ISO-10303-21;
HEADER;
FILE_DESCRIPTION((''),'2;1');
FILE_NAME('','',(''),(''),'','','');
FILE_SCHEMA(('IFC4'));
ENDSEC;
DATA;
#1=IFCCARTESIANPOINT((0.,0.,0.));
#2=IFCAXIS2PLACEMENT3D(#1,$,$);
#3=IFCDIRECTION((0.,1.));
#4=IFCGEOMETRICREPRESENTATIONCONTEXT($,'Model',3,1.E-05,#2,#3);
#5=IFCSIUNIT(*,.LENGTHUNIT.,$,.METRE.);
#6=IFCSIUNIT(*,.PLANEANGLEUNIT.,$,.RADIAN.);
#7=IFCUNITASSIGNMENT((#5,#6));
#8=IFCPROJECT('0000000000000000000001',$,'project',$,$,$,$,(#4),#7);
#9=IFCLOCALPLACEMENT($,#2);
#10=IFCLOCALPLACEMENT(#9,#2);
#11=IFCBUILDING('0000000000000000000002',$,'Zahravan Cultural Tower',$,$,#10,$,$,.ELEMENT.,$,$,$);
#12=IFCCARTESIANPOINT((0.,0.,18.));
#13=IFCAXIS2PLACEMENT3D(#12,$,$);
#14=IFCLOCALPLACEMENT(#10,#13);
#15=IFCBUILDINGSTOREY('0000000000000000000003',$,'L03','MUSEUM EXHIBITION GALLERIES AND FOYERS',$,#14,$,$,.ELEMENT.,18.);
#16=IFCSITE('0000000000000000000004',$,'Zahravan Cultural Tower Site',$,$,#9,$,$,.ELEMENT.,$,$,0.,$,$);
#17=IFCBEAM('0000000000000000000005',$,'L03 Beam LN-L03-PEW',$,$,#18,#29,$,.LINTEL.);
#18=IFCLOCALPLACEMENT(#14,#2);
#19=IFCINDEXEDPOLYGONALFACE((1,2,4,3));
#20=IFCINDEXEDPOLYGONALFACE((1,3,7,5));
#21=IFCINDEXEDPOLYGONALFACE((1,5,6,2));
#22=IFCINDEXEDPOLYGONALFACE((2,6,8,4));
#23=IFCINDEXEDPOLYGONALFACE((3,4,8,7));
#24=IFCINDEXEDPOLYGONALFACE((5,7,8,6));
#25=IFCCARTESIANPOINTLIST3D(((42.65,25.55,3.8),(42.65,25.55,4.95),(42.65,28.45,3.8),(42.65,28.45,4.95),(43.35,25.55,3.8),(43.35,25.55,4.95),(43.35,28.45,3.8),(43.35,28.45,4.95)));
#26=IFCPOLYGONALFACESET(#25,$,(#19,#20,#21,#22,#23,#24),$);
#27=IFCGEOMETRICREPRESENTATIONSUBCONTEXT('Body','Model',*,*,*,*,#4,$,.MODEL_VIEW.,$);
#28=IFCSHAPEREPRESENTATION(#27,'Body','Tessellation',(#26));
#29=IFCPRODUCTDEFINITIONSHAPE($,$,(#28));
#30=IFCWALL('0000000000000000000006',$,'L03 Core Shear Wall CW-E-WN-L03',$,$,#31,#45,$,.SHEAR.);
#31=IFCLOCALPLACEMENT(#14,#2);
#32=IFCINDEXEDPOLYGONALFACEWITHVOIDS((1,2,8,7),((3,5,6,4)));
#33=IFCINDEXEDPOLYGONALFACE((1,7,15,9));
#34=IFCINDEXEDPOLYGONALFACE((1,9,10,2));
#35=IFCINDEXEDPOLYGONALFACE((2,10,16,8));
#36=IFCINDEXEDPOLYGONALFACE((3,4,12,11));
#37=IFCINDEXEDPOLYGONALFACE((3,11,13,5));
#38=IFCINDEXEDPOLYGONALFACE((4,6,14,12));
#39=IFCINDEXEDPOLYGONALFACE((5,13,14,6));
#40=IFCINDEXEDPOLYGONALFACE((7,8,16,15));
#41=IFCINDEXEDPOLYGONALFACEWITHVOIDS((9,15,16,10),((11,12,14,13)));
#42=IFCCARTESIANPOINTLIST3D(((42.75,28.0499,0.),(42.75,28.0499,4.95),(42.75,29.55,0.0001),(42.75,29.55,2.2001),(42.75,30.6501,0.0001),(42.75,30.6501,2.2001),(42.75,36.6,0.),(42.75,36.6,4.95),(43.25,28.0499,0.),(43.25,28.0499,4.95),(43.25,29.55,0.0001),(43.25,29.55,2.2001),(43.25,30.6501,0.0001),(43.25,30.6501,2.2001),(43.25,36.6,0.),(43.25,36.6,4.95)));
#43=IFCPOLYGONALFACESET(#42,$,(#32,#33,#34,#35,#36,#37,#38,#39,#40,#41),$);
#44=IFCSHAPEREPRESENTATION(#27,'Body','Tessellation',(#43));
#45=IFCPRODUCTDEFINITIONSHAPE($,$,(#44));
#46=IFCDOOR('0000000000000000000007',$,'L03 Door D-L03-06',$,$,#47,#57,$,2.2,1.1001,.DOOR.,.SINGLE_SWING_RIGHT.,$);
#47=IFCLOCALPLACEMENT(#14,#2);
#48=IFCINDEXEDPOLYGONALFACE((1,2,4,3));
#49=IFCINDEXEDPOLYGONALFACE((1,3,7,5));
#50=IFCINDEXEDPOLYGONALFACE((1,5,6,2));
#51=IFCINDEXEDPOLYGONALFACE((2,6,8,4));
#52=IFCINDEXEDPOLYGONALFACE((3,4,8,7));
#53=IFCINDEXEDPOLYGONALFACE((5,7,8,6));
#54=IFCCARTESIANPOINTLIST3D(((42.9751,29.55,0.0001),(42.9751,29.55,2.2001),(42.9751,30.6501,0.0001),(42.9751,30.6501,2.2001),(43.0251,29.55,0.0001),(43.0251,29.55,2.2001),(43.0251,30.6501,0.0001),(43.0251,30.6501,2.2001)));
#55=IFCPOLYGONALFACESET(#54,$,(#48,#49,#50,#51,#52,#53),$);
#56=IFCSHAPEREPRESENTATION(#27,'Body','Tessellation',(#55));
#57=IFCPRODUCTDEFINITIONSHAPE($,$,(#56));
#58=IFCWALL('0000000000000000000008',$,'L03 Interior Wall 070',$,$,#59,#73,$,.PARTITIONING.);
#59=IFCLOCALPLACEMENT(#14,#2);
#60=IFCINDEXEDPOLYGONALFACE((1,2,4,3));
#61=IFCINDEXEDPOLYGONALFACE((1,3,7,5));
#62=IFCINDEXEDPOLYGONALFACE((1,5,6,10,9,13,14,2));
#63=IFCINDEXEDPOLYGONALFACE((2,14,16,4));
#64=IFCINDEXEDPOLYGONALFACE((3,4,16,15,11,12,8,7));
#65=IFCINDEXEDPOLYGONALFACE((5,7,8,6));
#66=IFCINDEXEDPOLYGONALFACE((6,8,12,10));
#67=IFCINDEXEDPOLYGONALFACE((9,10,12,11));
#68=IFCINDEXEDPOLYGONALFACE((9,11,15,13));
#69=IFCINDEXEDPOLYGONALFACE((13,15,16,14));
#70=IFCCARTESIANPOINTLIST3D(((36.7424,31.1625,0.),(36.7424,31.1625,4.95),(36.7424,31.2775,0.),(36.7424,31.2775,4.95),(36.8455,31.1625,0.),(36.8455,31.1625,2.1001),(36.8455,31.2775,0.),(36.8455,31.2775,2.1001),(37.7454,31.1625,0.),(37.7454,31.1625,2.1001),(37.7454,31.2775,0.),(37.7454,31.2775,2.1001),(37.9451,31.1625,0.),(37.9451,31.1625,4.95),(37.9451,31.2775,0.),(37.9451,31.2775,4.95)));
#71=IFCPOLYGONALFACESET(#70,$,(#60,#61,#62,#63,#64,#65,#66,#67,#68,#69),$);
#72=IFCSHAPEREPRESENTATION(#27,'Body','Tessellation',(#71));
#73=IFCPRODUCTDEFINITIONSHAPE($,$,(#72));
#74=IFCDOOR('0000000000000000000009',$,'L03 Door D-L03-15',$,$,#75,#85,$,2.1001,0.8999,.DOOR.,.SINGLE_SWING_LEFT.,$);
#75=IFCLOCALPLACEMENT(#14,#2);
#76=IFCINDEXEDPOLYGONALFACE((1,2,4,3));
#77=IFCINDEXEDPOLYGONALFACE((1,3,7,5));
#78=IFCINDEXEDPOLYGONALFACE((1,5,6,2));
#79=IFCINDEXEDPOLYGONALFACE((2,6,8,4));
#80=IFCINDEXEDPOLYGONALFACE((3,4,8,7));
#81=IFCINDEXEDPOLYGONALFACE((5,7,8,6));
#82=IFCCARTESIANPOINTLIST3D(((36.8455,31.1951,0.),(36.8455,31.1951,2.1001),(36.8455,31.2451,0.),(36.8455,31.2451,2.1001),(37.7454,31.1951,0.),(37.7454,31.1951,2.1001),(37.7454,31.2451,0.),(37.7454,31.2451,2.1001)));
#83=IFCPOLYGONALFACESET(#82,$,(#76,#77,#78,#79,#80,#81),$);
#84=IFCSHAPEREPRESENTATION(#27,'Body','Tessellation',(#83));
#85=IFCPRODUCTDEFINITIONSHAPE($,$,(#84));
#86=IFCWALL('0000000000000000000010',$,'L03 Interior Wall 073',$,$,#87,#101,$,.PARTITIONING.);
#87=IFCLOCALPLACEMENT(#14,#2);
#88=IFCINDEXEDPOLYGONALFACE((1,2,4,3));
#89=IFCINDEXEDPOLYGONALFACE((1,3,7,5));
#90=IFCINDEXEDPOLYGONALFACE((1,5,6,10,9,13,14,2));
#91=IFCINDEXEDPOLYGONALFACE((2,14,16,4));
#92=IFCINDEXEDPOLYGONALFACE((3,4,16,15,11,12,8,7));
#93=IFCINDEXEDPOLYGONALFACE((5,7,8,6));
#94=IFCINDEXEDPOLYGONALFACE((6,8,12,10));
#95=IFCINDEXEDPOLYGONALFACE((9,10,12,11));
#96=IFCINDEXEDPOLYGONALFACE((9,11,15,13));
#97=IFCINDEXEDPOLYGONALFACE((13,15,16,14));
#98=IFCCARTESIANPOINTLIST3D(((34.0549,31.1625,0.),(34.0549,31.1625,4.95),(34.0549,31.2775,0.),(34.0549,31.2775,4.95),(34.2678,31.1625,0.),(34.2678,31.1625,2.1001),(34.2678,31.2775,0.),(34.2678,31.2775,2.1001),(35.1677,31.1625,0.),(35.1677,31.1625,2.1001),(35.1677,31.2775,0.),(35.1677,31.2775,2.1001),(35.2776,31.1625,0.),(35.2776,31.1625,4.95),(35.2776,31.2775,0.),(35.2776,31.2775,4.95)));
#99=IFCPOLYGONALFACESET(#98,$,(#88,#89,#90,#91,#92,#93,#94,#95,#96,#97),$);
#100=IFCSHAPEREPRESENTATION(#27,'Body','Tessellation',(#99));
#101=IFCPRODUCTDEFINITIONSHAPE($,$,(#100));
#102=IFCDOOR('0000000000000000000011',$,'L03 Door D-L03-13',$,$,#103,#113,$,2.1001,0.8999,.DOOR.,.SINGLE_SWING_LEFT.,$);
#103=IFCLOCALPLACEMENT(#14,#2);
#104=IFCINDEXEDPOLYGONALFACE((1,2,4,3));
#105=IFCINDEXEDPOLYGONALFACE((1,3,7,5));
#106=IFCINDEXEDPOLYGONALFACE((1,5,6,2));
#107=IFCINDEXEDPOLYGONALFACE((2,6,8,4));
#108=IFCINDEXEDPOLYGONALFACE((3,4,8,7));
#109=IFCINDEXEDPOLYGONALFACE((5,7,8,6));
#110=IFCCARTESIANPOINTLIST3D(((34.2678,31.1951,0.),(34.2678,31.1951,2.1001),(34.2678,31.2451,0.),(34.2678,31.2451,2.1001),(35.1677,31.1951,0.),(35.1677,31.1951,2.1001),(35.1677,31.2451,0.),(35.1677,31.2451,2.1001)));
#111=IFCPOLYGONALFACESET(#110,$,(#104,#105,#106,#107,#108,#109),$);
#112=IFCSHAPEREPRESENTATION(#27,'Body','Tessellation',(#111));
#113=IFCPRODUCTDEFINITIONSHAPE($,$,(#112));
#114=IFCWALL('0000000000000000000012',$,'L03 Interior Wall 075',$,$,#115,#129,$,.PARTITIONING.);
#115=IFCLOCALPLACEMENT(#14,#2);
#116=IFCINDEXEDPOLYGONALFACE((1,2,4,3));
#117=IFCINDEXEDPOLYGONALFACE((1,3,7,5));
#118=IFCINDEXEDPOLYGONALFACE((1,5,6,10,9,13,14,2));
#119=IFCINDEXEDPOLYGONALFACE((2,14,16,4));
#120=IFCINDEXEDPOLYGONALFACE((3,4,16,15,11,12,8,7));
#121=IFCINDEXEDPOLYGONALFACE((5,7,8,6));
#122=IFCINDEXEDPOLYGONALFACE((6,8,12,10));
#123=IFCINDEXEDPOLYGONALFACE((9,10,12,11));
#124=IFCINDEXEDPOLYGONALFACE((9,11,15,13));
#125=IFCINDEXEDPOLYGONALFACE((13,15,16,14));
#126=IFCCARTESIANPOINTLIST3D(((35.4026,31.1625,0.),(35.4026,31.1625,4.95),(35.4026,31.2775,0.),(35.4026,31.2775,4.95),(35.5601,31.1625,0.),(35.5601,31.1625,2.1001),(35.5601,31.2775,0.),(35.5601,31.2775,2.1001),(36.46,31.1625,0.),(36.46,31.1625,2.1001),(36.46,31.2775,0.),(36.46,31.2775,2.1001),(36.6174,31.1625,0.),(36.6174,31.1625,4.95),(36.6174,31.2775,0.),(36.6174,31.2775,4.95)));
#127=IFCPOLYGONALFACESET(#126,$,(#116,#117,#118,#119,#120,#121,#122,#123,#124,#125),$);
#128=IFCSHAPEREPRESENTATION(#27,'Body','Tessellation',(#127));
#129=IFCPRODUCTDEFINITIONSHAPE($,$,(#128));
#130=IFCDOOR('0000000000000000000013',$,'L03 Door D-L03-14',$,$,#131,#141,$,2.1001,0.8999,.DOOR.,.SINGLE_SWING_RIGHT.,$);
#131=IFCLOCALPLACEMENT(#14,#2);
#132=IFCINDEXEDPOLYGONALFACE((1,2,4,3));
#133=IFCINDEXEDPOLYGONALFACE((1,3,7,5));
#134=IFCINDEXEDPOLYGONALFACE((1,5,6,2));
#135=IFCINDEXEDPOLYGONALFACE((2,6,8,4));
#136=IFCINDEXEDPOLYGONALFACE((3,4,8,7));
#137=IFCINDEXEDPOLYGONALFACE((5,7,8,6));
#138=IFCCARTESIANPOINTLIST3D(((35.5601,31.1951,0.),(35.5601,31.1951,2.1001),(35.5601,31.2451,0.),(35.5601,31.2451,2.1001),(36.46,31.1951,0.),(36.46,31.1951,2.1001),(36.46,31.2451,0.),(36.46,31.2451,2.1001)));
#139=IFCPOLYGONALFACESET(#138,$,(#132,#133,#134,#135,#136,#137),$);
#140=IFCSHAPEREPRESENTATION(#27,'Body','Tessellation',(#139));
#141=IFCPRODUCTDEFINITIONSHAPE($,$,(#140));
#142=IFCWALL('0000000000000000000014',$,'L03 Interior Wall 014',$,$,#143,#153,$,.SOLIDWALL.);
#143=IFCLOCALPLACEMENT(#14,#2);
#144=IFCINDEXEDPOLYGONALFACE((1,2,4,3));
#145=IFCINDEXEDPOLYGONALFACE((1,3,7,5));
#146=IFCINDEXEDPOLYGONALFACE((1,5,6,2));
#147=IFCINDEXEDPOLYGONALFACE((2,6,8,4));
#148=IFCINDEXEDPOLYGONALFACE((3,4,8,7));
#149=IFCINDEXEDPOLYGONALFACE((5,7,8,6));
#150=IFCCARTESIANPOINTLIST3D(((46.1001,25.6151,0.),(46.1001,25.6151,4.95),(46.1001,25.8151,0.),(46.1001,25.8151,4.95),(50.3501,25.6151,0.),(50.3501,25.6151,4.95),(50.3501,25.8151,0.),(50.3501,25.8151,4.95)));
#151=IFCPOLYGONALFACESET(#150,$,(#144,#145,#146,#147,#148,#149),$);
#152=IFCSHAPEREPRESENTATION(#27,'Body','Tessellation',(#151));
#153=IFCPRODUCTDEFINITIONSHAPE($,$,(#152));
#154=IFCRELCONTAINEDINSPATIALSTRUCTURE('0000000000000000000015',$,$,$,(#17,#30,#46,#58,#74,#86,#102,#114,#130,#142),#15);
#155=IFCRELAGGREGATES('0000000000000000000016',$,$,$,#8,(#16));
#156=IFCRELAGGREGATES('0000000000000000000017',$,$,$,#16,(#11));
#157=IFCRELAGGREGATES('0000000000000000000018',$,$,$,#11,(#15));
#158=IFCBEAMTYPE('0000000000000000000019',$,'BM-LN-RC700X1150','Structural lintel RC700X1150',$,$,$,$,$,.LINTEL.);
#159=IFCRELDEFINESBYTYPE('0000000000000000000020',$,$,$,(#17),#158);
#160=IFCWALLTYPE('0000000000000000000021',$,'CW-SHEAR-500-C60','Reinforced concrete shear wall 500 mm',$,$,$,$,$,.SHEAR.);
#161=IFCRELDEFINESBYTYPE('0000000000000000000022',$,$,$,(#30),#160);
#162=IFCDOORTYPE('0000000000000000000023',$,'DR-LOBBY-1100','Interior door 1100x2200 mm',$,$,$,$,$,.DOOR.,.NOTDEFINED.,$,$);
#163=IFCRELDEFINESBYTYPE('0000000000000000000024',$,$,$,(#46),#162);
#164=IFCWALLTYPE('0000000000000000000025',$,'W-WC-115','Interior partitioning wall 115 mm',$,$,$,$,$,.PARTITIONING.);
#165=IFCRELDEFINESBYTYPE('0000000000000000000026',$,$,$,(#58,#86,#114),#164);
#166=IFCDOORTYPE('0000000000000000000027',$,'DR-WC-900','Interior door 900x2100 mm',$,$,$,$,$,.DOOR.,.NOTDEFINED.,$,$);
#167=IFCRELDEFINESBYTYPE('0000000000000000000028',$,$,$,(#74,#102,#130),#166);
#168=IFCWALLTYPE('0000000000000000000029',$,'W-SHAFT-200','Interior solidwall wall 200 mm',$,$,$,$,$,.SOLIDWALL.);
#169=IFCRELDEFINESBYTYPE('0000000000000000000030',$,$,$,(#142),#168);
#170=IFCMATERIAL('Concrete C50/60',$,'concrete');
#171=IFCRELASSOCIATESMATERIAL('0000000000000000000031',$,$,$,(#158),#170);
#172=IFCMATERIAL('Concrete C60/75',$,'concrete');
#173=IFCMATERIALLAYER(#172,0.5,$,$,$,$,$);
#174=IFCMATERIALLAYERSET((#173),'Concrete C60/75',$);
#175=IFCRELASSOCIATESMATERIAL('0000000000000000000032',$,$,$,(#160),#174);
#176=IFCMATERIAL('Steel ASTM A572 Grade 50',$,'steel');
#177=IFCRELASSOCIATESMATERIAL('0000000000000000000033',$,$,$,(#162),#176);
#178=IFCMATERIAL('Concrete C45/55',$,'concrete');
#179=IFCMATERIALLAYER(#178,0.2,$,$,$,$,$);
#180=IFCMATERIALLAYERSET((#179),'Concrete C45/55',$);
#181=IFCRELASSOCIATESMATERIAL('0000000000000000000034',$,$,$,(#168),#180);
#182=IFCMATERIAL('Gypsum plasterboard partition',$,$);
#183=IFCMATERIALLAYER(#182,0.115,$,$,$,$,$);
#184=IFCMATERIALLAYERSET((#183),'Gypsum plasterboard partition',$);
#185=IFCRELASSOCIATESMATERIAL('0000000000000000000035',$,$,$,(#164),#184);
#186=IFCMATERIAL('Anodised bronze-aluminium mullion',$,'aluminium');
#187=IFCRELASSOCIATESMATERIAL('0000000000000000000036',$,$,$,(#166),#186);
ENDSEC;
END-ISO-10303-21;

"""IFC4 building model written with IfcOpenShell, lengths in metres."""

from ifc_helpers import new_model, si_unit, direction, frame, frame_2d, origin, origin_2d, place, context, subcontext, project, spatial, rectangle, extrude, source, transform, mapped, material, layer, layer_set, material_profile, profile_set, type_object, element, fill, save


model = new_model("IFC4")

# Units and contexts
model_context = context("Model", 3, precision=1e-05, world=origin(), true_north=direction((0.0, 1.0)))
body_context = subcontext(model_context, "Body", "Model", "MODEL_VIEW")
ifc_project = project(units=[si_unit("LENGTHUNIT", "METRE"), si_unit("PLANEANGLEUNIT", "RADIAN")], contexts=[model_context])

# Site, building, storey
site_placement = place(None, origin())
site = spatial("IfcSite", under=ifc_project, at=site_placement, Name="Zahravan Cultural Tower Site", CompositionType="ELEMENT", RefElevation=0.0)
building_placement = place(site_placement, origin())
building = spatial("IfcBuilding", under=site, at=building_placement, Name="Zahravan Cultural Tower", CompositionType="ELEMENT")
storey_placement = place(building_placement, frame((0.0, 0.0, 18.0)))
storey = spatial("IfcBuildingStorey", under=building, at=storey_placement, Name="L03", Description="MUSEUM EXHIBITION GALLERIES AND FOYERS", CompositionType="ELEMENT", Elevation=18.0)

# Beam
ifc_material_1 = material(Name="Concrete C50/60", Category="concrete")
ifc_material_profile = material_profile(ifc_material_1, rectangle(XDim=0.7, YDim=1.1499, at=origin_2d()), Name="RC700X1150")
ifc_profile_set = profile_set([ifc_material_profile], Name="Concrete C50/60")
beam_type = type_object("IfcBeamType", Name="BM-LN-RC700X1150", Description="Structural lintel RC700X1150", PredefinedType="LINTEL", material=ifc_profile_set)
shared_shape_1 = source(origin(), body_context, "Body", "SweptSolid", [
    extrude(rectangle(XDim=0.7, YDim=1.1499, at=origin_2d()), origin(), (0.0, 0.0, 1.0), 2.8999),
])
beam_placement = place(storey_placement, frame((43.0, 25.55, 4.375), z_axis=(0.0, 1.0, 0.0), x_axis=(-1.0, 0.0, 0.0)))
element("IfcBeam", 1, at=beam_placement, inside=storey, type_object=beam_type, Name="L03 Beam LN-L03-PEW", PredefinedType="LINTEL", context=body_context, shape_type="MappedRepresentation", body=[
    mapped(shared_shape_1, transform((0.0, 0.0, 0.0), x_axis=(1.0, 0.0, 0.0), y_axis=(0.0, 1.0, 0.0), z_axis=(0.0, 0.0, 1.0), scale=1.0)),
])

# Walls, openings, doors
ifc_material_2 = material(Name="Concrete C60/75", Category="concrete")
ifc_layer_1 = layer(ifc_material_2, 0.5)
ifc_layer_set_1 = layer_set([ifc_layer_1], Name="Concrete C60/75")
wall_type_1 = type_object("IfcWallType", Name="CW-SHEAR-500-C60", Description="Reinforced concrete shear wall 500 mm", PredefinedType="SHEAR", material=ifc_layer_set_1)
wall_1_placement = place(storey_placement, frame((43.0, 28.05, 0.0), z_axis=(0.0, 0.0, 1.0), x_axis=(0.0, 1.0, 0.0)))
wall_1 = element("IfcWall", 2, at=wall_1_placement, inside=storey, type_object=wall_type_1, Name="L03 Core Shear Wall CW-E-WN-L03", PredefinedType="SHEAR", context=body_context, shape_type="SweptSolid", body=[
    extrude(rectangle(XDim=8.55, YDim=0.5, at=frame_2d((4.2749, 0.0))), origin(), (0.0, 0.0, 1.0), 4.95),
])
opening_1_placement = place(wall_1_placement, frame((1.5, 0.0, 0.0)))
opening_1 = element("IfcOpeningElement", 3, at=opening_1_placement, cuts=wall_1, PredefinedType="OPENING", context=body_context, shape_type="SweptSolid", body=[
    extrude(rectangle(XDim=1.1001, YDim=2.2, at=frame_2d((0.55, 1.1001))), frame((0.0, 0.26, 0.0), z_axis=(0.0, -1.0, 0.0), x_axis=(1.0, 0.0, 0.0)), (0.0, 0.0, 1.0), 0.52),
])
ifc_material_3 = material(Name="Steel ASTM A572 Grade 50", Category="steel")
door_type_1 = type_object("IfcDoorType", Name="DR-LOBBY-1100", Description="Interior door 1100x2200 mm", OperationType="NOTDEFINED", PredefinedType="DOOR", material=ifc_material_3)
shared_shape_2 = source(origin(), body_context, "Body", "SweptSolid", [
    extrude(rectangle(XDim=1.1001, YDim=2.2, at=frame_2d((0.55, 1.1001))), frame((0.0, 0.0249, 0.0), z_axis=(0.0, -1.0, 0.0), x_axis=(1.0, 0.0, 0.0)), (0.0, 0.0, 1.0), 0.05),
])
door_1_placement = place(opening_1_placement, origin())
door_1 = element("IfcDoor", 4, at=door_1_placement, inside=storey, type_object=door_type_1, Name="L03 Door D-L03-06", OperationType="SINGLE_SWING_RIGHT", OverallHeight=2.2, OverallWidth=1.1001, PredefinedType="DOOR", context=body_context, shape_type="MappedRepresentation", body=[
    mapped(shared_shape_2, transform((0.0, 0.0, 0.0), x_axis=(1.0, 0.0, 0.0), y_axis=(0.0, 1.0, 0.0), z_axis=(0.0, 0.0, 1.0), scale=1.0)),
])
fill(opening_1, door_1)
ifc_material_4 = material(Name="Concrete C45/55", Category="concrete")
ifc_layer_2 = layer(ifc_material_4, 0.2)
ifc_layer_set_2 = layer_set([ifc_layer_2], Name="Concrete C45/55")
wall_type_2 = type_object("IfcWallType", Name="W-SHAFT-200", Description="Interior solidwall wall 200 mm", PredefinedType="SOLIDWALL", material=ifc_layer_set_2)
ifc_material_5 = material(Name="Gypsum plasterboard partition")
ifc_layer_3 = layer(ifc_material_5, 0.115)
ifc_layer_set_3 = layer_set([ifc_layer_3], Name="Gypsum plasterboard partition")
wall_type_3 = type_object("IfcWallType", Name="W-WC-115", Description="Interior partitioning wall 115 mm", PredefinedType="PARTITIONING", material=ifc_layer_set_3)
wall_2_placement = place(storey_placement, frame((37.9451, 31.22, 0.0), z_axis=(0.0, 0.0, 1.0), x_axis=(-1.0, 0.0, 0.0)))
wall_2 = element("IfcWall", 5, at=wall_2_placement, inside=storey, type_object=wall_type_3, Name="L03 Interior Wall 070", PredefinedType="PARTITIONING", context=body_context, shape_type="SweptSolid", body=[
    extrude(rectangle(XDim=1.2026, YDim=0.115, at=frame_2d((0.6013, 0.0))), origin(), (0.0, 0.0, 1.0), 4.95),
])
opening_2_placement = place(wall_2_placement, frame((0.1997, 0.0, 0.0)))
opening_2 = element("IfcOpeningElement", 6, at=opening_2_placement, cuts=wall_2, PredefinedType="OPENING", context=body_context, shape_type="SweptSolid", body=[
    extrude(rectangle(XDim=0.8999, YDim=2.1001, at=frame_2d((0.45, 1.05))), frame((0.0, 0.0674, 0.0), z_axis=(0.0, -1.0, 0.0), x_axis=(1.0, 0.0, 0.0)), (0.0, 0.0, 1.0), 0.135),
])
ifc_material_6 = material(Name="Anodised bronze-aluminium mullion", Category="aluminium")
door_type_2 = type_object("IfcDoorType", Name="DR-WC-900", Description="Interior door 900x2100 mm", OperationType="NOTDEFINED", PredefinedType="DOOR", material=ifc_material_6)
shared_shape_3 = source(origin(), body_context, "Body", "SweptSolid", [
    extrude(rectangle(XDim=0.8999, YDim=2.1001, at=frame_2d((0.45, 1.05))), frame((0.0, 0.0249, 0.0), z_axis=(0.0, -1.0, 0.0), x_axis=(1.0, 0.0, 0.0)), (0.0, 0.0, 1.0), 0.05),
])
door_2_placement = place(opening_2_placement, origin())
door_2 = element("IfcDoor", 7, at=door_2_placement, inside=storey, type_object=door_type_2, Name="L03 Door D-L03-15", OperationType="SINGLE_SWING_LEFT", OverallHeight=2.1001, OverallWidth=0.8999, PredefinedType="DOOR", context=body_context, shape_type="MappedRepresentation", body=[
    mapped(shared_shape_3, transform((0.0, 0.0, 0.0), x_axis=(1.0, 0.0, 0.0), y_axis=(0.0, 1.0, 0.0), z_axis=(0.0, 0.0, 1.0), scale=1.0)),
])
fill(opening_2, door_2)
wall_3_placement = place(storey_placement, frame((35.2776, 31.22, 0.0), z_axis=(0.0, 0.0, 1.0), x_axis=(-1.0, 0.0, 0.0)))
wall_3 = element("IfcWall", 8, at=wall_3_placement, inside=storey, type_object=wall_type_3, Name="L03 Interior Wall 073", PredefinedType="PARTITIONING", context=body_context, shape_type="SweptSolid", body=[
    extrude(rectangle(XDim=1.2227, YDim=0.115, at=frame_2d((0.6113, 0.0))), origin(), (0.0, 0.0, 1.0), 4.95),
])
opening_3_placement = place(wall_3_placement, frame((0.1099, 0.0, 0.0)))
opening_3 = element("IfcOpeningElement", 9, at=opening_3_placement, cuts=wall_3, PredefinedType="OPENING", context=body_context, shape_type="SweptSolid", body=[
    extrude(rectangle(XDim=0.8999, YDim=2.1001, at=frame_2d((0.45, 1.05))), frame((0.0, 0.0674, 0.0), z_axis=(0.0, -1.0, 0.0), x_axis=(1.0, 0.0, 0.0)), (0.0, 0.0, 1.0), 0.135),
])
door_3_placement = place(opening_3_placement, origin())
door_3 = element("IfcDoor", 10, at=door_3_placement, inside=storey, type_object=door_type_2, Name="L03 Door D-L03-13", OperationType="SINGLE_SWING_LEFT", OverallHeight=2.1001, OverallWidth=0.8999, PredefinedType="DOOR", context=body_context, shape_type="MappedRepresentation", body=[
    mapped(shared_shape_3, transform((0.0, 0.0, 0.0), x_axis=(1.0, 0.0, 0.0), y_axis=(0.0, 1.0, 0.0), z_axis=(0.0, 0.0, 1.0), scale=1.0)),
])
fill(opening_3, door_3)
wall_4_placement = place(storey_placement, frame((36.6174, 31.22, 0.0), z_axis=(0.0, 0.0, 1.0), x_axis=(-1.0, 0.0, 0.0)))
wall_4 = element("IfcWall", 11, at=wall_4_placement, inside=storey, type_object=wall_type_3, Name="L03 Interior Wall 075", PredefinedType="PARTITIONING", context=body_context, shape_type="SweptSolid", body=[
    extrude(rectangle(XDim=1.2148, YDim=0.115, at=frame_2d((0.6074, 0.0))), origin(), (0.0, 0.0, 1.0), 4.95),
])
opening_4_placement = place(wall_4_placement, frame((0.1575, 0.0, 0.0)))
opening_4 = element("IfcOpeningElement", 12, at=opening_4_placement, cuts=wall_4, PredefinedType="OPENING", context=body_context, shape_type="SweptSolid", body=[
    extrude(rectangle(XDim=0.8999, YDim=2.1001, at=frame_2d((0.45, 1.05))), frame((0.0, 0.0674, 0.0), z_axis=(0.0, -1.0, 0.0), x_axis=(1.0, 0.0, 0.0)), (0.0, 0.0, 1.0), 0.135),
])
door_4_placement = place(opening_4_placement, origin())
door_4 = element("IfcDoor", 13, at=door_4_placement, inside=storey, type_object=door_type_2, Name="L03 Door D-L03-14", OperationType="SINGLE_SWING_RIGHT", OverallHeight=2.1001, OverallWidth=0.8999, PredefinedType="DOOR", context=body_context, shape_type="MappedRepresentation", body=[
    mapped(shared_shape_3, transform((0.0, 0.0, 0.0), x_axis=(1.0, 0.0, 0.0), y_axis=(0.0, 1.0, 0.0), z_axis=(0.0, 0.0, 1.0), scale=1.0)),
])
fill(opening_4, door_4)

# Wall
shared_shape_4 = source(origin(), body_context, "Body", "SweptSolid", [
    extrude(rectangle(XDim=4.25, YDim=0.2, at=frame_2d((2.125, 0.0))), origin(), (0.0, 0.0, 1.0), 4.95),
])
wall_5_placement = place(storey_placement, frame((46.1001, 25.7151, 0.0), z_axis=(0.0, 0.0, 1.0), x_axis=(1.0, 0.0, 0.0)))
element("IfcWall", 14, at=wall_5_placement, inside=storey, type_object=wall_type_2, Name="L03 Interior Wall 014", PredefinedType="SOLIDWALL", context=body_context, shape_type="MappedRepresentation", body=[
    mapped(shared_shape_4, transform((0.0, 0.0, 0.0), x_axis=(1.0, 0.0, 0.0), y_axis=(0.0, 1.0, 0.0), z_axis=(0.0, 0.0, 1.0), scale=1.0)),
])

save(model, "model.ifc")
